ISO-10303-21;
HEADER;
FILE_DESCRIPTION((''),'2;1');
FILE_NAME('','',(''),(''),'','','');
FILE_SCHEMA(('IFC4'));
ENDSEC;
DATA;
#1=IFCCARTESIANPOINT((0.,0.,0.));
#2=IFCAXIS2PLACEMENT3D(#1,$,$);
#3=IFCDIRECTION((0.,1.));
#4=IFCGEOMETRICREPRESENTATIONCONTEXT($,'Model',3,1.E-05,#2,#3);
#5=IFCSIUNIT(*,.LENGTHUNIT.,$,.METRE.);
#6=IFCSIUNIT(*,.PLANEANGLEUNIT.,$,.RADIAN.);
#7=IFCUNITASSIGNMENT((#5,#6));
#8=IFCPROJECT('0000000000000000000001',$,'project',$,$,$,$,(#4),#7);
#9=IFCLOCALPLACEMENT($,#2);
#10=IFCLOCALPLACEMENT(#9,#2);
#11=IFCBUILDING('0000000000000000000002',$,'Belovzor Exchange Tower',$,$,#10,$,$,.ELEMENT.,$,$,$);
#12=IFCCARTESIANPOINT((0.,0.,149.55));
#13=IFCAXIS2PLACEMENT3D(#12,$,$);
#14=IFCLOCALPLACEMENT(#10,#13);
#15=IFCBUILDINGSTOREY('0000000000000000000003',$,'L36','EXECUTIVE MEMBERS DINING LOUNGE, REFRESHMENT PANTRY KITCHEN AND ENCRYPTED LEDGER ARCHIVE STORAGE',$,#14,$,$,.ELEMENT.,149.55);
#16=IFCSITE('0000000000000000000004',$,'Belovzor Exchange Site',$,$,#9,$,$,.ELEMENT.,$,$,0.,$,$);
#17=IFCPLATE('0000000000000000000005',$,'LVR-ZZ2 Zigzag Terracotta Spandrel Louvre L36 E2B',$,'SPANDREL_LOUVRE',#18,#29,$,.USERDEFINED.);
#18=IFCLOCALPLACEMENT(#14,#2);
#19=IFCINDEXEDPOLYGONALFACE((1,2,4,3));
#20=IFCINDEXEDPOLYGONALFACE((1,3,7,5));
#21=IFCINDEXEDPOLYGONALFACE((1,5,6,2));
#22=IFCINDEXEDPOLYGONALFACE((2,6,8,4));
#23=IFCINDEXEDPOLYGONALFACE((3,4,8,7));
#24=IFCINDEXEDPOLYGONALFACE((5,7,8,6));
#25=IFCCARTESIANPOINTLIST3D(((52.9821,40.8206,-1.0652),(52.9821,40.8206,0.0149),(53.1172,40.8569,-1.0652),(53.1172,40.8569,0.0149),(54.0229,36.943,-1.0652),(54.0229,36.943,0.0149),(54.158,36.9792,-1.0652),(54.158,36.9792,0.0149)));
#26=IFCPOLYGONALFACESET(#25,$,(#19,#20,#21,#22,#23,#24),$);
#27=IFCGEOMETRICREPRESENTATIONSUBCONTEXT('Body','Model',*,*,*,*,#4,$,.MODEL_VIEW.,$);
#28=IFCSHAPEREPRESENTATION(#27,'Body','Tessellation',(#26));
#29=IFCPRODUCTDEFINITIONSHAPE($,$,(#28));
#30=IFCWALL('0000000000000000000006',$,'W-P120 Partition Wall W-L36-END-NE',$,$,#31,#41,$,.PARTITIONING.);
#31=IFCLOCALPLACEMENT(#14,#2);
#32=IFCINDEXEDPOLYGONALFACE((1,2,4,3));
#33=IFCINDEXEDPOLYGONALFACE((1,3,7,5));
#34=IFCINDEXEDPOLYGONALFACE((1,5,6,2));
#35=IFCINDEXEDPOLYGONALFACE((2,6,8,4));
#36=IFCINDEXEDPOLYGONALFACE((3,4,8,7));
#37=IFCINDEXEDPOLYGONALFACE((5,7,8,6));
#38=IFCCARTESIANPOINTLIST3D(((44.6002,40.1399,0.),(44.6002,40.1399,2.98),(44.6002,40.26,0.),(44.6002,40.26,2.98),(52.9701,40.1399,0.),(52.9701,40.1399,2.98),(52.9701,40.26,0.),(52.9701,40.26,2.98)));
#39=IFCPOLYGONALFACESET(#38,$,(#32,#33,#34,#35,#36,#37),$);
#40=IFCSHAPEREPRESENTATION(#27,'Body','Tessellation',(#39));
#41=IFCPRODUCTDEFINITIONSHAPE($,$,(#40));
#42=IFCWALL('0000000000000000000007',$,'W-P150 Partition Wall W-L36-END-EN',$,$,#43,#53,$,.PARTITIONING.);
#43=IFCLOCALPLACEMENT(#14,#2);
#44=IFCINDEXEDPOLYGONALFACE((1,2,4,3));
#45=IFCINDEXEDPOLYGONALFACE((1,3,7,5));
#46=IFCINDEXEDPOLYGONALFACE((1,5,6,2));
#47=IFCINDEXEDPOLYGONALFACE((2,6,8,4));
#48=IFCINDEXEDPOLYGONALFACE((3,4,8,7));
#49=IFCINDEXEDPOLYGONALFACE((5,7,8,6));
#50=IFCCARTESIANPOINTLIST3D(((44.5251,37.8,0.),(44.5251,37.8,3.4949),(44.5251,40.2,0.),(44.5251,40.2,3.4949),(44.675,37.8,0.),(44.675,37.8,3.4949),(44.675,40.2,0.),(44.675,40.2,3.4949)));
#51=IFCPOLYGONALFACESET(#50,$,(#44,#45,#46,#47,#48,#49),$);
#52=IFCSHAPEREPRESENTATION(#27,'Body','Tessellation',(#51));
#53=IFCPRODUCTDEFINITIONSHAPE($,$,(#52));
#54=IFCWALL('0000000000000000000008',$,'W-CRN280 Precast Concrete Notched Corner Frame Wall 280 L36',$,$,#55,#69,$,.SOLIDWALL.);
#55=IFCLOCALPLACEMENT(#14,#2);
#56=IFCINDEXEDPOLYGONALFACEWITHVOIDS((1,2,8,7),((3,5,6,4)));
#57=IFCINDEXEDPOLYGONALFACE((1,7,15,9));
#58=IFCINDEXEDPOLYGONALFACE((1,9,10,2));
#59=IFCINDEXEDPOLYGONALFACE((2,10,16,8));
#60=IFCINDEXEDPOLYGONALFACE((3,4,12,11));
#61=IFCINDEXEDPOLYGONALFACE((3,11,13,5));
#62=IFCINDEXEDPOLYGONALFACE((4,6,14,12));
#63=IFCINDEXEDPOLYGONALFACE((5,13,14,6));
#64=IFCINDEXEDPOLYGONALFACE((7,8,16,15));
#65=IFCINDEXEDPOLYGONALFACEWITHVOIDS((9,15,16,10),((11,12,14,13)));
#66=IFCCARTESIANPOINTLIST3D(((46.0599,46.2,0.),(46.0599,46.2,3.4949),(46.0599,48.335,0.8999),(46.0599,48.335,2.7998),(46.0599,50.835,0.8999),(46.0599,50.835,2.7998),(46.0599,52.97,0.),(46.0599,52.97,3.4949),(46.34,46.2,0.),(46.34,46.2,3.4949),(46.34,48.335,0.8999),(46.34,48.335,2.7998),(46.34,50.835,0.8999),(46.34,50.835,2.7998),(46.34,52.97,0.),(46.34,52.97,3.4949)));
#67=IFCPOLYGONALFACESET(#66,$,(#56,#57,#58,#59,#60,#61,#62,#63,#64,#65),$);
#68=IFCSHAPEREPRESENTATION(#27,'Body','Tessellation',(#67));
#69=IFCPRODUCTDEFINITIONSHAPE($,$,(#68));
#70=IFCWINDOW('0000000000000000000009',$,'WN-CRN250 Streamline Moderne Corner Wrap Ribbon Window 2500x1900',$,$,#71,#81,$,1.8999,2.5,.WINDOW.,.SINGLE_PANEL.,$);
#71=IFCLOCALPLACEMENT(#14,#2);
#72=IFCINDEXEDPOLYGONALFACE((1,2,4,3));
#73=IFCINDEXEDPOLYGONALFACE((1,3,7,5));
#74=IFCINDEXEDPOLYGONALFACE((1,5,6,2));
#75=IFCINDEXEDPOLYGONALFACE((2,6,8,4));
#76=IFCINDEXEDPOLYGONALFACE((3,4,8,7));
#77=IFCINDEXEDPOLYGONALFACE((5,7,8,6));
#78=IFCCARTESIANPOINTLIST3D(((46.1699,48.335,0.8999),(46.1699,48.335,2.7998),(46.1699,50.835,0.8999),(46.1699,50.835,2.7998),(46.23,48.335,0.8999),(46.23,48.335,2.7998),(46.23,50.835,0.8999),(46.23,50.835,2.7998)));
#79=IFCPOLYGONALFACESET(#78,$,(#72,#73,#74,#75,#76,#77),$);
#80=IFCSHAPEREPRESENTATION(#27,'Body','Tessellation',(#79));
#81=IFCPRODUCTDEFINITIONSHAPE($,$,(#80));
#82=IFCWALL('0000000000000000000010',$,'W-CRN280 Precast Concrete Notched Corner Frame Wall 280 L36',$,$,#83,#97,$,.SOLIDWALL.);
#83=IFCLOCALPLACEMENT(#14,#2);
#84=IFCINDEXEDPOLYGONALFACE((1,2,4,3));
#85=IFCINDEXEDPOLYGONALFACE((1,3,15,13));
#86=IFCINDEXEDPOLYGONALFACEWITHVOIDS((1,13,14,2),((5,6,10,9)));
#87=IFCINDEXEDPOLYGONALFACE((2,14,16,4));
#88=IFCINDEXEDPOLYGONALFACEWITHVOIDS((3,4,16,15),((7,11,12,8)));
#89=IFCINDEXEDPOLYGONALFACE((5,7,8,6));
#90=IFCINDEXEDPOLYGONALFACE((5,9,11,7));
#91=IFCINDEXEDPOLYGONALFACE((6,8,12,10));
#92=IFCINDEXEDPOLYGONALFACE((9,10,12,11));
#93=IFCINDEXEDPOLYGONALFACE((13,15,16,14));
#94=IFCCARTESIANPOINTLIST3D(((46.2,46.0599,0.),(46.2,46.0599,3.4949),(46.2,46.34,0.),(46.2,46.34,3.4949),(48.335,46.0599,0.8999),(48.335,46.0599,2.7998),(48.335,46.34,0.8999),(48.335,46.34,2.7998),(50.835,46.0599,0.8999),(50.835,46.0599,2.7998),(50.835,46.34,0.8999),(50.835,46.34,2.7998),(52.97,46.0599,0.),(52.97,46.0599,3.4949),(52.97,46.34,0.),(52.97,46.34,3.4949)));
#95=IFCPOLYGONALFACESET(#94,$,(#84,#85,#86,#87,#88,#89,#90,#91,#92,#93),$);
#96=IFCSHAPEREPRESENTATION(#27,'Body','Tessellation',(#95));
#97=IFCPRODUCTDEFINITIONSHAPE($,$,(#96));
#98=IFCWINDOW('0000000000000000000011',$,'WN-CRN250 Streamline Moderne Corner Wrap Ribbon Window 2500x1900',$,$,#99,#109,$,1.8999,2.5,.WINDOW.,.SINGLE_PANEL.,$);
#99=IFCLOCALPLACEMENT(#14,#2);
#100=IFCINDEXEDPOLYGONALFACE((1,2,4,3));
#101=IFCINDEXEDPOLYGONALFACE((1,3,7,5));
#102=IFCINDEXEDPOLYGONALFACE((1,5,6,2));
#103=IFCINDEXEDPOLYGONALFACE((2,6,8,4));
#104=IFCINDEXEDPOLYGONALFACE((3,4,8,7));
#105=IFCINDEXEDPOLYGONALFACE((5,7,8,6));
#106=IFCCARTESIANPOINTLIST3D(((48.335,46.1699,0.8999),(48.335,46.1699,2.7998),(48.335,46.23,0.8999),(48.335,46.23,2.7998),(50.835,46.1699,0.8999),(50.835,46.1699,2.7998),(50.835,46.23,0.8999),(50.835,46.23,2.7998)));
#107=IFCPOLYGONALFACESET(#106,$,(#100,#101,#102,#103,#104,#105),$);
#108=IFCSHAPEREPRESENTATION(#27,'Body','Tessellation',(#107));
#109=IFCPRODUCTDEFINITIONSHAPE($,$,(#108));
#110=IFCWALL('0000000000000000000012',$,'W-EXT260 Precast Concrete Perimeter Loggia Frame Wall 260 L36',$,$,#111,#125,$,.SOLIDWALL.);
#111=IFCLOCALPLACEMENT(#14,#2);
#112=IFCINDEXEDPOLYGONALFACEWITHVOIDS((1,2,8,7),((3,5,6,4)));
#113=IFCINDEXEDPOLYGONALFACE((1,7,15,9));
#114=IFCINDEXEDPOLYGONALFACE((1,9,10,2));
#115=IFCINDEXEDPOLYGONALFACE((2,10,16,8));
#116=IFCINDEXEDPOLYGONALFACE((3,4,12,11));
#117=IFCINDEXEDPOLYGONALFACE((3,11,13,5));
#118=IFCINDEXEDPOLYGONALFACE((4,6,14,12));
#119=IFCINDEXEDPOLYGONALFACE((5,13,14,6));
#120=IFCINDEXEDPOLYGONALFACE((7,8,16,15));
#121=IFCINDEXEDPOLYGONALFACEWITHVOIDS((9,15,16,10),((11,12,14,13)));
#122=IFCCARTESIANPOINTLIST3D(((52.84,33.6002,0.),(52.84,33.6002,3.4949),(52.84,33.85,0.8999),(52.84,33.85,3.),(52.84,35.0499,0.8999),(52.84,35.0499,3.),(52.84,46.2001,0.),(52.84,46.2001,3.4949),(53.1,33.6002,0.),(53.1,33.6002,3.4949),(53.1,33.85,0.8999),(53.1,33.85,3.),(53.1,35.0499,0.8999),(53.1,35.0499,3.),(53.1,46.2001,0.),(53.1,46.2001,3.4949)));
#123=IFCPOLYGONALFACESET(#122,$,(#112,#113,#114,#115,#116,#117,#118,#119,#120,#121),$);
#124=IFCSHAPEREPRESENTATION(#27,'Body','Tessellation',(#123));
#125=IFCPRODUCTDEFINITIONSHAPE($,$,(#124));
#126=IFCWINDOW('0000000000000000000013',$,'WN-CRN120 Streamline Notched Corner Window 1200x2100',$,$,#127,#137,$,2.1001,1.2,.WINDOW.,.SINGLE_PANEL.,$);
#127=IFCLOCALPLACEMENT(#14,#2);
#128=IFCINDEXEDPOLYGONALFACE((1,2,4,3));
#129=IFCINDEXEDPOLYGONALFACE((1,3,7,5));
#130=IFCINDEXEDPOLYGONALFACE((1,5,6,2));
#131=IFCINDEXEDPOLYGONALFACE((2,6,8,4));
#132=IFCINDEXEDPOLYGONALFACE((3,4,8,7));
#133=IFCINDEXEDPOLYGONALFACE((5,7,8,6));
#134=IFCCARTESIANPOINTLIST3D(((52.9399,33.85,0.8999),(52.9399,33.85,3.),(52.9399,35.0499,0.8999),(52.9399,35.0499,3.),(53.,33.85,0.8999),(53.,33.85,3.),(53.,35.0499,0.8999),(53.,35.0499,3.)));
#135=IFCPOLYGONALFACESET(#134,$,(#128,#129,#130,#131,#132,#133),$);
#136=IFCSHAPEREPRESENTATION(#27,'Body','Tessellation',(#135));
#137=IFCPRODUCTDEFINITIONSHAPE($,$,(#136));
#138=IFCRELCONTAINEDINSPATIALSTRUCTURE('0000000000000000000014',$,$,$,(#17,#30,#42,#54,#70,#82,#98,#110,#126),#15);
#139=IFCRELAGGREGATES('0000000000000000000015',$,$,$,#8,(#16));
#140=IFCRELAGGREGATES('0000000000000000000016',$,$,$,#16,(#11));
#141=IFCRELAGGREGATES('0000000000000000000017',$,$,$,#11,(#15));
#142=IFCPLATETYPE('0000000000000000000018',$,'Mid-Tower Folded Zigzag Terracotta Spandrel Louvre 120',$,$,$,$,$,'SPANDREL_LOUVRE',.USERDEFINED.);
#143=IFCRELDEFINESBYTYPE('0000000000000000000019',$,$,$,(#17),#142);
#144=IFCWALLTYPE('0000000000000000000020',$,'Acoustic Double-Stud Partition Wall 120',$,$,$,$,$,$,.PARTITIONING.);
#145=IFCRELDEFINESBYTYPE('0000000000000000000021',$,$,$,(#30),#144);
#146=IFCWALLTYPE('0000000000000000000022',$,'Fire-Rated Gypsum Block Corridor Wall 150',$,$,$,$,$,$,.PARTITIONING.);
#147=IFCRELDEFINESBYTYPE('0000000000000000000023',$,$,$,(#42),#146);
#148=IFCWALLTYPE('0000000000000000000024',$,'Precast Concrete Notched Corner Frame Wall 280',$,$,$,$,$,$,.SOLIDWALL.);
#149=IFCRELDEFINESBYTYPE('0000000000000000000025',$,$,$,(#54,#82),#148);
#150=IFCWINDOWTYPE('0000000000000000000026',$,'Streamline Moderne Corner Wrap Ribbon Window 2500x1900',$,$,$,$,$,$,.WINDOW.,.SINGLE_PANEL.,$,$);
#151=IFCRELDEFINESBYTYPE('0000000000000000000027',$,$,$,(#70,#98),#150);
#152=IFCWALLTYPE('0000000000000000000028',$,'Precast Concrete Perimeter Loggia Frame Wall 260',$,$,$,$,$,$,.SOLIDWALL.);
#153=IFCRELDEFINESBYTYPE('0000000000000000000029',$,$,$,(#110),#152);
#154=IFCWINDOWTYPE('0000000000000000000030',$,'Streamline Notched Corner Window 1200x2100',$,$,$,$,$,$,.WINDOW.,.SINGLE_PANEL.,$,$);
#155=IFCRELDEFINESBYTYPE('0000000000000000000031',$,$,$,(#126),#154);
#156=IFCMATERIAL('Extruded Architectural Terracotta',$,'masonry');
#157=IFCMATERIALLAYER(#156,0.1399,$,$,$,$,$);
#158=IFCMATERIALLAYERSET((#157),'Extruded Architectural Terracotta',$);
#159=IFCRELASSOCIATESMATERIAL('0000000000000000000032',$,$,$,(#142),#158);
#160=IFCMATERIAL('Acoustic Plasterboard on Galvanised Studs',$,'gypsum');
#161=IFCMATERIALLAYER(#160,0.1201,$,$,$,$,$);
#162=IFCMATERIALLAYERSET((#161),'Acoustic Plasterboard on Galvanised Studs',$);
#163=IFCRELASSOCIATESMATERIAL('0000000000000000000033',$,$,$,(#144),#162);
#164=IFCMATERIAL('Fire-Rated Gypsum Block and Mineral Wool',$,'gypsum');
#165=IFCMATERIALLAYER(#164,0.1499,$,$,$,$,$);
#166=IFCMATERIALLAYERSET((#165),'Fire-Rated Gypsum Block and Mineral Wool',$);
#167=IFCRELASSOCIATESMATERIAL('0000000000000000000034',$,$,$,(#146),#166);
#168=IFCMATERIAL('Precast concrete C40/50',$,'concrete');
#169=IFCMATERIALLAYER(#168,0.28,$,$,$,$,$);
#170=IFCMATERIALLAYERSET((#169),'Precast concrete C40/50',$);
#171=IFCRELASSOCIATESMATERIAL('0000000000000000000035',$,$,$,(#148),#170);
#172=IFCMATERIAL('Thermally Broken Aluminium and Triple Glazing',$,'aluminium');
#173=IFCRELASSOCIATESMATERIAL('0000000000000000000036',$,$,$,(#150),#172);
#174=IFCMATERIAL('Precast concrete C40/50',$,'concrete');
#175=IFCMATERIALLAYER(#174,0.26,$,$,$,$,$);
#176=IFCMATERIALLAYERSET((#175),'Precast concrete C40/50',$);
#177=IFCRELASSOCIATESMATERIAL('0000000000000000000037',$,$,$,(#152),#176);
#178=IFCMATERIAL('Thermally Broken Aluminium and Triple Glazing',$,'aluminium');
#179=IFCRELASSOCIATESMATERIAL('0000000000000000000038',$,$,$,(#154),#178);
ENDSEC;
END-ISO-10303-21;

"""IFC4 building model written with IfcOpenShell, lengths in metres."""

from ifc_helpers import new_model, si_unit, direction, frame, frame_2d, origin, origin_2d, place, context, subcontext, project, spatial, rectangle, extrude, material, layer, layer_set, type_object, element, fill, save


model = new_model("IFC4")

# Units and contexts
model_context = context("Model", 3, precision=1e-05, world=origin(), true_north=direction((0.0, 1.0)))
body_context = subcontext(model_context, "Body", "Model", "MODEL_VIEW")
ifc_project = project(units=[si_unit("LENGTHUNIT", "METRE"), si_unit("PLANEANGLEUNIT", "RADIAN")], contexts=[model_context])

# Site, building, storey
site_placement = place(None, origin())
site = spatial("IfcSite", under=ifc_project, at=site_placement, Name="Belovzor Exchange Site", CompositionType="ELEMENT", RefElevation=0.0)
building_placement = place(site_placement, origin())
building = spatial("IfcBuilding", under=site, at=building_placement, Name="Belovzor Exchange Tower", CompositionType="ELEMENT")
storey_placement = place(building_placement, frame((0.0, 0.0, 149.55)))
storey = spatial("IfcBuildingStorey", under=building, at=storey_placement, Name="L36", Description="EXECUTIVE MEMBERS DINING LOUNGE, REFRESHMENT PANTRY KITCHEN AND ENCRYPTED LEDGER ARCHIVE STORAGE", CompositionType="ELEMENT", Elevation=149.55)

# Plate
ifc_material_1 = material(Name="Extruded Architectural Terracotta", Category="masonry")
ifc_layer_1 = layer(ifc_material_1, 0.1399)
ifc_layer_set_1 = layer_set([ifc_layer_1], Name="Extruded Architectural Terracotta")
plate_type = type_object("IfcPlateType", Name="Mid-Tower Folded Zigzag Terracotta Spandrel Louvre 120", ElementType="SPANDREL_LOUVRE", PredefinedType="USERDEFINED", material=ifc_layer_set_1)
plate_placement = place(storey_placement, frame((53.5701, 38.8999, -1.0652), z_axis=(0.0, 0.0, 1.0), x_axis=(-0.25924, 0.965813, 0.0)))
element("IfcPlate", 1, at=plate_placement, inside=storey, type_object=plate_type, Name="LVR-ZZ2 Zigzag Terracotta Spandrel Louvre L36 E2B", ObjectType="SPANDREL_LOUVRE", PredefinedType="USERDEFINED", context=body_context, shape_type="SweptSolid", body=[
    extrude(rectangle(XDim=4.0149, YDim=0.1399, at=origin_2d()), origin(), (0.0, 0.0, 1.0), 1.0801),
])

# Walls
ifc_material_2 = material(Name="Acoustic Plasterboard on Galvanised Studs", Category="gypsum")
ifc_layer_2 = layer(ifc_material_2, 0.1201)
ifc_layer_set_2 = layer_set([ifc_layer_2], Name="Acoustic Plasterboard on Galvanised Studs")
wall_type_1 = type_object("IfcWallType", Name="Acoustic Double-Stud Partition Wall 120", PredefinedType="PARTITIONING", material=ifc_layer_set_2)
wall_1_placement = place(storey_placement, frame((44.6001, 40.2, 0.0), z_axis=(0.0, 0.0, 1.0), x_axis=(1.0, 0.0, 0.0)))
element("IfcWall", 2, at=wall_1_placement, inside=storey, type_object=wall_type_1, Name="W-P120 Partition Wall W-L36-END-NE", PredefinedType="PARTITIONING", context=body_context, shape_type="SweptSolid", body=[
    extrude(rectangle(XDim=8.3699, YDim=0.1201, at=frame_2d((4.1851, 0.0))), origin(), (0.0, 0.0, 1.0), 2.98),
])
ifc_material_3 = material(Name="Fire-Rated Gypsum Block and Mineral Wool", Category="gypsum")
ifc_layer_3 = layer(ifc_material_3, 0.1499)
ifc_layer_set_3 = layer_set([ifc_layer_3], Name="Fire-Rated Gypsum Block and Mineral Wool")
wall_type_2 = type_object("IfcWallType", Name="Fire-Rated Gypsum Block Corridor Wall 150", PredefinedType="PARTITIONING", material=ifc_layer_set_3)
wall_2_placement = place(storey_placement, frame((44.6001, 37.8, 0.0), z_axis=(0.0, 0.0, 1.0), x_axis=(0.0, 1.0, 0.0)))
element("IfcWall", 3, at=wall_2_placement, inside=storey, type_object=wall_type_2, Name="W-P150 Partition Wall W-L36-END-EN", PredefinedType="PARTITIONING", context=body_context, shape_type="SweptSolid", body=[
    extrude(rectangle(XDim=2.3999, YDim=0.1499, at=frame_2d((1.2, 0.0))), origin(), (0.0, 0.0, 1.0), 3.4949),
])

# Walls, openings, windows
ifc_material_4 = material(Name="Precast concrete C40/50", Category="concrete")
ifc_layer_4 = layer(ifc_material_4, 0.28)
ifc_layer_set_4 = layer_set([ifc_layer_4], Name="Precast concrete C40/50")
wall_type_3 = type_object("IfcWallType", Name="Precast Concrete Notched Corner Frame Wall 280", PredefinedType="SOLIDWALL", material=ifc_layer_set_4)
wall_3_placement = place(storey_placement, frame((46.2, 52.97, 0.0), z_axis=(0.0, 0.0, 1.0), x_axis=(0.0, -1.0, 0.0)))
wall_3 = element("IfcWall", 4, at=wall_3_placement, inside=storey, type_object=wall_type_3, Name="W-CRN280 Precast Concrete Notched Corner Frame Wall 280 L36", PredefinedType="SOLIDWALL", context=body_context, shape_type="SweptSolid", body=[
    extrude(rectangle(XDim=6.77, YDim=0.28, at=frame_2d((3.385, 0.0))), origin(), (0.0, 0.0, 1.0), 3.4949),
])
opening_1_placement = place(wall_3_placement, frame((2.135, 0.0, 0.8999)))
opening_1 = element("IfcOpeningElement", 5, at=opening_1_placement, cuts=wall_3, PredefinedType="OPENING", context=body_context, shape_type="SweptSolid", body=[
    extrude(rectangle(XDim=2.5, YDim=1.8999, at=frame_2d((1.25, 0.95))), frame((0.0, 0.1499, 0.0), z_axis=(0.0, -1.0, 0.0), x_axis=(1.0, 0.0, 0.0)), (0.0, 0.0, 1.0), 0.3),
])
ifc_material_5 = material(Name="Thermally Broken Aluminium and Triple Glazing", Category="aluminium")
window_type_1 = type_object("IfcWindowType", Name="Streamline Moderne Corner Wrap Ribbon Window 2500x1900", PartitioningType="SINGLE_PANEL", PredefinedType="WINDOW", material=ifc_material_5)
window_1_placement = place(opening_1_placement, origin())
window_1 = element("IfcWindow", 6, at=window_1_placement, inside=storey, type_object=window_type_1, Name="WN-CRN250 Streamline Moderne Corner Wrap Ribbon Window 2500x1900", OverallHeight=1.8999, OverallWidth=2.5, PartitioningType="SINGLE_PANEL", PredefinedType="WINDOW", context=body_context, shape_type="SweptSolid", body=[
    extrude(rectangle(XDim=2.5, YDim=1.8999, at=frame_2d((1.25, 0.95))), frame((0.0, 0.03, 0.0), z_axis=(0.0, -1.0, 0.0), x_axis=(1.0, 0.0, 0.0)), (0.0, 0.0, 1.0), 0.0601),
])
fill(opening_1, window_1)
wall_4_placement = place(storey_placement, frame((46.2, 46.2, 0.0), z_axis=(0.0, 0.0, 1.0), x_axis=(1.0, 0.0, 0.0)))
wall_4 = element("IfcWall", 7, at=wall_4_placement, inside=storey, type_object=wall_type_3, Name="W-CRN280 Precast Concrete Notched Corner Frame Wall 280 L36", PredefinedType="SOLIDWALL", context=body_context, shape_type="SweptSolid", body=[
    extrude(rectangle(XDim=6.77, YDim=0.28, at=frame_2d((3.385, 0.0))), origin(), (0.0, 0.0, 1.0), 3.4949),
])
opening_2_placement = place(wall_4_placement, frame((2.135, 0.0, 0.8999)))
opening_2 = element("IfcOpeningElement", 8, at=opening_2_placement, cuts=wall_4, PredefinedType="OPENING", context=body_context, shape_type="SweptSolid", body=[
    extrude(rectangle(XDim=2.5, YDim=1.8999, at=frame_2d((1.25, 0.95))), frame((0.0, 0.1499, 0.0), z_axis=(0.0, -1.0, 0.0), x_axis=(1.0, 0.0, 0.0)), (0.0, 0.0, 1.0), 0.3),
])
window_2_placement = place(opening_2_placement, origin())
window_2 = element("IfcWindow", 9, at=window_2_placement, inside=storey, type_object=window_type_1, Name="WN-CRN250 Streamline Moderne Corner Wrap Ribbon Window 2500x1900", OverallHeight=1.8999, OverallWidth=2.5, PartitioningType="SINGLE_PANEL", PredefinedType="WINDOW", context=body_context, shape_type="SweptSolid", body=[
    extrude(rectangle(XDim=2.5, YDim=1.8999, at=frame_2d((1.25, 0.95))), frame((0.0, 0.03, 0.0), z_axis=(0.0, -1.0, 0.0), x_axis=(1.0, 0.0, 0.0)), (0.0, 0.0, 1.0), 0.0601),
])
fill(opening_2, window_2)
ifc_material_6 = material(Name="Precast concrete C40/50", Category="concrete")
ifc_layer_5 = layer(ifc_material_6, 0.26)
ifc_layer_set_5 = layer_set([ifc_layer_5], Name="Precast concrete C40/50")
wall_type_4 = type_object("IfcWallType", Name="Precast Concrete Perimeter Loggia Frame Wall 260", PredefinedType="SOLIDWALL", material=ifc_layer_set_5)
wall_5_placement = place(storey_placement, frame((52.97, 46.2, 0.0), z_axis=(0.0, 0.0, 1.0), x_axis=(0.0, -1.0, 0.0)))
wall_5 = element("IfcWall", 10, at=wall_5_placement, inside=storey, type_object=wall_type_4, Name="W-EXT260 Precast Concrete Perimeter Loggia Frame Wall 260 L36", PredefinedType="SOLIDWALL", context=body_context, shape_type="SweptSolid", body=[
    extrude(rectangle(XDim=12.5999, YDim=0.26, at=frame_2d((6.2998, 0.0))), origin(), (0.0, 0.0, 1.0), 3.4949),
])
opening_3_placement = place(wall_5_placement, frame((11.1499, 0.0, 0.8999)))
opening_3 = element("IfcOpeningElement", 11, at=opening_3_placement, cuts=wall_5, PredefinedType="OPENING", context=body_context, shape_type="SweptSolid", body=[
    extrude(rectangle(XDim=1.2, YDim=2.1001, at=frame_2d((0.6001, 1.05))), frame((0.0, 0.1399, 0.0), z_axis=(0.0, -1.0, 0.0), x_axis=(1.0, 0.0, 0.0)), (0.0, 0.0, 1.0), 0.28),
])
ifc_material_7 = material(Name="Thermally Broken Aluminium and Triple Glazing", Category="aluminium")
window_type_2 = type_object("IfcWindowType", Name="Streamline Notched Corner Window 1200x2100", PartitioningType="SINGLE_PANEL", PredefinedType="WINDOW", material=ifc_material_7)
window_3_placement = place(opening_3_placement, origin())
window_3 = element("IfcWindow", 12, at=window_3_placement, inside=storey, type_object=window_type_2, Name="WN-CRN120 Streamline Notched Corner Window 1200x2100", OverallHeight=2.1001, OverallWidth=1.2, PartitioningType="SINGLE_PANEL", PredefinedType="WINDOW", context=body_context, shape_type="SweptSolid", body=[
    extrude(rectangle(XDim=1.2, YDim=2.1001, at=frame_2d((0.6001, 1.05))), frame((0.0, 0.03, 0.0), z_axis=(0.0, -1.0, 0.0), x_axis=(1.0, 0.0, 0.0)), (0.0, 0.0, 1.0), 0.0601),
])
fill(opening_3, window_3)

save(model, "model.ifc")
